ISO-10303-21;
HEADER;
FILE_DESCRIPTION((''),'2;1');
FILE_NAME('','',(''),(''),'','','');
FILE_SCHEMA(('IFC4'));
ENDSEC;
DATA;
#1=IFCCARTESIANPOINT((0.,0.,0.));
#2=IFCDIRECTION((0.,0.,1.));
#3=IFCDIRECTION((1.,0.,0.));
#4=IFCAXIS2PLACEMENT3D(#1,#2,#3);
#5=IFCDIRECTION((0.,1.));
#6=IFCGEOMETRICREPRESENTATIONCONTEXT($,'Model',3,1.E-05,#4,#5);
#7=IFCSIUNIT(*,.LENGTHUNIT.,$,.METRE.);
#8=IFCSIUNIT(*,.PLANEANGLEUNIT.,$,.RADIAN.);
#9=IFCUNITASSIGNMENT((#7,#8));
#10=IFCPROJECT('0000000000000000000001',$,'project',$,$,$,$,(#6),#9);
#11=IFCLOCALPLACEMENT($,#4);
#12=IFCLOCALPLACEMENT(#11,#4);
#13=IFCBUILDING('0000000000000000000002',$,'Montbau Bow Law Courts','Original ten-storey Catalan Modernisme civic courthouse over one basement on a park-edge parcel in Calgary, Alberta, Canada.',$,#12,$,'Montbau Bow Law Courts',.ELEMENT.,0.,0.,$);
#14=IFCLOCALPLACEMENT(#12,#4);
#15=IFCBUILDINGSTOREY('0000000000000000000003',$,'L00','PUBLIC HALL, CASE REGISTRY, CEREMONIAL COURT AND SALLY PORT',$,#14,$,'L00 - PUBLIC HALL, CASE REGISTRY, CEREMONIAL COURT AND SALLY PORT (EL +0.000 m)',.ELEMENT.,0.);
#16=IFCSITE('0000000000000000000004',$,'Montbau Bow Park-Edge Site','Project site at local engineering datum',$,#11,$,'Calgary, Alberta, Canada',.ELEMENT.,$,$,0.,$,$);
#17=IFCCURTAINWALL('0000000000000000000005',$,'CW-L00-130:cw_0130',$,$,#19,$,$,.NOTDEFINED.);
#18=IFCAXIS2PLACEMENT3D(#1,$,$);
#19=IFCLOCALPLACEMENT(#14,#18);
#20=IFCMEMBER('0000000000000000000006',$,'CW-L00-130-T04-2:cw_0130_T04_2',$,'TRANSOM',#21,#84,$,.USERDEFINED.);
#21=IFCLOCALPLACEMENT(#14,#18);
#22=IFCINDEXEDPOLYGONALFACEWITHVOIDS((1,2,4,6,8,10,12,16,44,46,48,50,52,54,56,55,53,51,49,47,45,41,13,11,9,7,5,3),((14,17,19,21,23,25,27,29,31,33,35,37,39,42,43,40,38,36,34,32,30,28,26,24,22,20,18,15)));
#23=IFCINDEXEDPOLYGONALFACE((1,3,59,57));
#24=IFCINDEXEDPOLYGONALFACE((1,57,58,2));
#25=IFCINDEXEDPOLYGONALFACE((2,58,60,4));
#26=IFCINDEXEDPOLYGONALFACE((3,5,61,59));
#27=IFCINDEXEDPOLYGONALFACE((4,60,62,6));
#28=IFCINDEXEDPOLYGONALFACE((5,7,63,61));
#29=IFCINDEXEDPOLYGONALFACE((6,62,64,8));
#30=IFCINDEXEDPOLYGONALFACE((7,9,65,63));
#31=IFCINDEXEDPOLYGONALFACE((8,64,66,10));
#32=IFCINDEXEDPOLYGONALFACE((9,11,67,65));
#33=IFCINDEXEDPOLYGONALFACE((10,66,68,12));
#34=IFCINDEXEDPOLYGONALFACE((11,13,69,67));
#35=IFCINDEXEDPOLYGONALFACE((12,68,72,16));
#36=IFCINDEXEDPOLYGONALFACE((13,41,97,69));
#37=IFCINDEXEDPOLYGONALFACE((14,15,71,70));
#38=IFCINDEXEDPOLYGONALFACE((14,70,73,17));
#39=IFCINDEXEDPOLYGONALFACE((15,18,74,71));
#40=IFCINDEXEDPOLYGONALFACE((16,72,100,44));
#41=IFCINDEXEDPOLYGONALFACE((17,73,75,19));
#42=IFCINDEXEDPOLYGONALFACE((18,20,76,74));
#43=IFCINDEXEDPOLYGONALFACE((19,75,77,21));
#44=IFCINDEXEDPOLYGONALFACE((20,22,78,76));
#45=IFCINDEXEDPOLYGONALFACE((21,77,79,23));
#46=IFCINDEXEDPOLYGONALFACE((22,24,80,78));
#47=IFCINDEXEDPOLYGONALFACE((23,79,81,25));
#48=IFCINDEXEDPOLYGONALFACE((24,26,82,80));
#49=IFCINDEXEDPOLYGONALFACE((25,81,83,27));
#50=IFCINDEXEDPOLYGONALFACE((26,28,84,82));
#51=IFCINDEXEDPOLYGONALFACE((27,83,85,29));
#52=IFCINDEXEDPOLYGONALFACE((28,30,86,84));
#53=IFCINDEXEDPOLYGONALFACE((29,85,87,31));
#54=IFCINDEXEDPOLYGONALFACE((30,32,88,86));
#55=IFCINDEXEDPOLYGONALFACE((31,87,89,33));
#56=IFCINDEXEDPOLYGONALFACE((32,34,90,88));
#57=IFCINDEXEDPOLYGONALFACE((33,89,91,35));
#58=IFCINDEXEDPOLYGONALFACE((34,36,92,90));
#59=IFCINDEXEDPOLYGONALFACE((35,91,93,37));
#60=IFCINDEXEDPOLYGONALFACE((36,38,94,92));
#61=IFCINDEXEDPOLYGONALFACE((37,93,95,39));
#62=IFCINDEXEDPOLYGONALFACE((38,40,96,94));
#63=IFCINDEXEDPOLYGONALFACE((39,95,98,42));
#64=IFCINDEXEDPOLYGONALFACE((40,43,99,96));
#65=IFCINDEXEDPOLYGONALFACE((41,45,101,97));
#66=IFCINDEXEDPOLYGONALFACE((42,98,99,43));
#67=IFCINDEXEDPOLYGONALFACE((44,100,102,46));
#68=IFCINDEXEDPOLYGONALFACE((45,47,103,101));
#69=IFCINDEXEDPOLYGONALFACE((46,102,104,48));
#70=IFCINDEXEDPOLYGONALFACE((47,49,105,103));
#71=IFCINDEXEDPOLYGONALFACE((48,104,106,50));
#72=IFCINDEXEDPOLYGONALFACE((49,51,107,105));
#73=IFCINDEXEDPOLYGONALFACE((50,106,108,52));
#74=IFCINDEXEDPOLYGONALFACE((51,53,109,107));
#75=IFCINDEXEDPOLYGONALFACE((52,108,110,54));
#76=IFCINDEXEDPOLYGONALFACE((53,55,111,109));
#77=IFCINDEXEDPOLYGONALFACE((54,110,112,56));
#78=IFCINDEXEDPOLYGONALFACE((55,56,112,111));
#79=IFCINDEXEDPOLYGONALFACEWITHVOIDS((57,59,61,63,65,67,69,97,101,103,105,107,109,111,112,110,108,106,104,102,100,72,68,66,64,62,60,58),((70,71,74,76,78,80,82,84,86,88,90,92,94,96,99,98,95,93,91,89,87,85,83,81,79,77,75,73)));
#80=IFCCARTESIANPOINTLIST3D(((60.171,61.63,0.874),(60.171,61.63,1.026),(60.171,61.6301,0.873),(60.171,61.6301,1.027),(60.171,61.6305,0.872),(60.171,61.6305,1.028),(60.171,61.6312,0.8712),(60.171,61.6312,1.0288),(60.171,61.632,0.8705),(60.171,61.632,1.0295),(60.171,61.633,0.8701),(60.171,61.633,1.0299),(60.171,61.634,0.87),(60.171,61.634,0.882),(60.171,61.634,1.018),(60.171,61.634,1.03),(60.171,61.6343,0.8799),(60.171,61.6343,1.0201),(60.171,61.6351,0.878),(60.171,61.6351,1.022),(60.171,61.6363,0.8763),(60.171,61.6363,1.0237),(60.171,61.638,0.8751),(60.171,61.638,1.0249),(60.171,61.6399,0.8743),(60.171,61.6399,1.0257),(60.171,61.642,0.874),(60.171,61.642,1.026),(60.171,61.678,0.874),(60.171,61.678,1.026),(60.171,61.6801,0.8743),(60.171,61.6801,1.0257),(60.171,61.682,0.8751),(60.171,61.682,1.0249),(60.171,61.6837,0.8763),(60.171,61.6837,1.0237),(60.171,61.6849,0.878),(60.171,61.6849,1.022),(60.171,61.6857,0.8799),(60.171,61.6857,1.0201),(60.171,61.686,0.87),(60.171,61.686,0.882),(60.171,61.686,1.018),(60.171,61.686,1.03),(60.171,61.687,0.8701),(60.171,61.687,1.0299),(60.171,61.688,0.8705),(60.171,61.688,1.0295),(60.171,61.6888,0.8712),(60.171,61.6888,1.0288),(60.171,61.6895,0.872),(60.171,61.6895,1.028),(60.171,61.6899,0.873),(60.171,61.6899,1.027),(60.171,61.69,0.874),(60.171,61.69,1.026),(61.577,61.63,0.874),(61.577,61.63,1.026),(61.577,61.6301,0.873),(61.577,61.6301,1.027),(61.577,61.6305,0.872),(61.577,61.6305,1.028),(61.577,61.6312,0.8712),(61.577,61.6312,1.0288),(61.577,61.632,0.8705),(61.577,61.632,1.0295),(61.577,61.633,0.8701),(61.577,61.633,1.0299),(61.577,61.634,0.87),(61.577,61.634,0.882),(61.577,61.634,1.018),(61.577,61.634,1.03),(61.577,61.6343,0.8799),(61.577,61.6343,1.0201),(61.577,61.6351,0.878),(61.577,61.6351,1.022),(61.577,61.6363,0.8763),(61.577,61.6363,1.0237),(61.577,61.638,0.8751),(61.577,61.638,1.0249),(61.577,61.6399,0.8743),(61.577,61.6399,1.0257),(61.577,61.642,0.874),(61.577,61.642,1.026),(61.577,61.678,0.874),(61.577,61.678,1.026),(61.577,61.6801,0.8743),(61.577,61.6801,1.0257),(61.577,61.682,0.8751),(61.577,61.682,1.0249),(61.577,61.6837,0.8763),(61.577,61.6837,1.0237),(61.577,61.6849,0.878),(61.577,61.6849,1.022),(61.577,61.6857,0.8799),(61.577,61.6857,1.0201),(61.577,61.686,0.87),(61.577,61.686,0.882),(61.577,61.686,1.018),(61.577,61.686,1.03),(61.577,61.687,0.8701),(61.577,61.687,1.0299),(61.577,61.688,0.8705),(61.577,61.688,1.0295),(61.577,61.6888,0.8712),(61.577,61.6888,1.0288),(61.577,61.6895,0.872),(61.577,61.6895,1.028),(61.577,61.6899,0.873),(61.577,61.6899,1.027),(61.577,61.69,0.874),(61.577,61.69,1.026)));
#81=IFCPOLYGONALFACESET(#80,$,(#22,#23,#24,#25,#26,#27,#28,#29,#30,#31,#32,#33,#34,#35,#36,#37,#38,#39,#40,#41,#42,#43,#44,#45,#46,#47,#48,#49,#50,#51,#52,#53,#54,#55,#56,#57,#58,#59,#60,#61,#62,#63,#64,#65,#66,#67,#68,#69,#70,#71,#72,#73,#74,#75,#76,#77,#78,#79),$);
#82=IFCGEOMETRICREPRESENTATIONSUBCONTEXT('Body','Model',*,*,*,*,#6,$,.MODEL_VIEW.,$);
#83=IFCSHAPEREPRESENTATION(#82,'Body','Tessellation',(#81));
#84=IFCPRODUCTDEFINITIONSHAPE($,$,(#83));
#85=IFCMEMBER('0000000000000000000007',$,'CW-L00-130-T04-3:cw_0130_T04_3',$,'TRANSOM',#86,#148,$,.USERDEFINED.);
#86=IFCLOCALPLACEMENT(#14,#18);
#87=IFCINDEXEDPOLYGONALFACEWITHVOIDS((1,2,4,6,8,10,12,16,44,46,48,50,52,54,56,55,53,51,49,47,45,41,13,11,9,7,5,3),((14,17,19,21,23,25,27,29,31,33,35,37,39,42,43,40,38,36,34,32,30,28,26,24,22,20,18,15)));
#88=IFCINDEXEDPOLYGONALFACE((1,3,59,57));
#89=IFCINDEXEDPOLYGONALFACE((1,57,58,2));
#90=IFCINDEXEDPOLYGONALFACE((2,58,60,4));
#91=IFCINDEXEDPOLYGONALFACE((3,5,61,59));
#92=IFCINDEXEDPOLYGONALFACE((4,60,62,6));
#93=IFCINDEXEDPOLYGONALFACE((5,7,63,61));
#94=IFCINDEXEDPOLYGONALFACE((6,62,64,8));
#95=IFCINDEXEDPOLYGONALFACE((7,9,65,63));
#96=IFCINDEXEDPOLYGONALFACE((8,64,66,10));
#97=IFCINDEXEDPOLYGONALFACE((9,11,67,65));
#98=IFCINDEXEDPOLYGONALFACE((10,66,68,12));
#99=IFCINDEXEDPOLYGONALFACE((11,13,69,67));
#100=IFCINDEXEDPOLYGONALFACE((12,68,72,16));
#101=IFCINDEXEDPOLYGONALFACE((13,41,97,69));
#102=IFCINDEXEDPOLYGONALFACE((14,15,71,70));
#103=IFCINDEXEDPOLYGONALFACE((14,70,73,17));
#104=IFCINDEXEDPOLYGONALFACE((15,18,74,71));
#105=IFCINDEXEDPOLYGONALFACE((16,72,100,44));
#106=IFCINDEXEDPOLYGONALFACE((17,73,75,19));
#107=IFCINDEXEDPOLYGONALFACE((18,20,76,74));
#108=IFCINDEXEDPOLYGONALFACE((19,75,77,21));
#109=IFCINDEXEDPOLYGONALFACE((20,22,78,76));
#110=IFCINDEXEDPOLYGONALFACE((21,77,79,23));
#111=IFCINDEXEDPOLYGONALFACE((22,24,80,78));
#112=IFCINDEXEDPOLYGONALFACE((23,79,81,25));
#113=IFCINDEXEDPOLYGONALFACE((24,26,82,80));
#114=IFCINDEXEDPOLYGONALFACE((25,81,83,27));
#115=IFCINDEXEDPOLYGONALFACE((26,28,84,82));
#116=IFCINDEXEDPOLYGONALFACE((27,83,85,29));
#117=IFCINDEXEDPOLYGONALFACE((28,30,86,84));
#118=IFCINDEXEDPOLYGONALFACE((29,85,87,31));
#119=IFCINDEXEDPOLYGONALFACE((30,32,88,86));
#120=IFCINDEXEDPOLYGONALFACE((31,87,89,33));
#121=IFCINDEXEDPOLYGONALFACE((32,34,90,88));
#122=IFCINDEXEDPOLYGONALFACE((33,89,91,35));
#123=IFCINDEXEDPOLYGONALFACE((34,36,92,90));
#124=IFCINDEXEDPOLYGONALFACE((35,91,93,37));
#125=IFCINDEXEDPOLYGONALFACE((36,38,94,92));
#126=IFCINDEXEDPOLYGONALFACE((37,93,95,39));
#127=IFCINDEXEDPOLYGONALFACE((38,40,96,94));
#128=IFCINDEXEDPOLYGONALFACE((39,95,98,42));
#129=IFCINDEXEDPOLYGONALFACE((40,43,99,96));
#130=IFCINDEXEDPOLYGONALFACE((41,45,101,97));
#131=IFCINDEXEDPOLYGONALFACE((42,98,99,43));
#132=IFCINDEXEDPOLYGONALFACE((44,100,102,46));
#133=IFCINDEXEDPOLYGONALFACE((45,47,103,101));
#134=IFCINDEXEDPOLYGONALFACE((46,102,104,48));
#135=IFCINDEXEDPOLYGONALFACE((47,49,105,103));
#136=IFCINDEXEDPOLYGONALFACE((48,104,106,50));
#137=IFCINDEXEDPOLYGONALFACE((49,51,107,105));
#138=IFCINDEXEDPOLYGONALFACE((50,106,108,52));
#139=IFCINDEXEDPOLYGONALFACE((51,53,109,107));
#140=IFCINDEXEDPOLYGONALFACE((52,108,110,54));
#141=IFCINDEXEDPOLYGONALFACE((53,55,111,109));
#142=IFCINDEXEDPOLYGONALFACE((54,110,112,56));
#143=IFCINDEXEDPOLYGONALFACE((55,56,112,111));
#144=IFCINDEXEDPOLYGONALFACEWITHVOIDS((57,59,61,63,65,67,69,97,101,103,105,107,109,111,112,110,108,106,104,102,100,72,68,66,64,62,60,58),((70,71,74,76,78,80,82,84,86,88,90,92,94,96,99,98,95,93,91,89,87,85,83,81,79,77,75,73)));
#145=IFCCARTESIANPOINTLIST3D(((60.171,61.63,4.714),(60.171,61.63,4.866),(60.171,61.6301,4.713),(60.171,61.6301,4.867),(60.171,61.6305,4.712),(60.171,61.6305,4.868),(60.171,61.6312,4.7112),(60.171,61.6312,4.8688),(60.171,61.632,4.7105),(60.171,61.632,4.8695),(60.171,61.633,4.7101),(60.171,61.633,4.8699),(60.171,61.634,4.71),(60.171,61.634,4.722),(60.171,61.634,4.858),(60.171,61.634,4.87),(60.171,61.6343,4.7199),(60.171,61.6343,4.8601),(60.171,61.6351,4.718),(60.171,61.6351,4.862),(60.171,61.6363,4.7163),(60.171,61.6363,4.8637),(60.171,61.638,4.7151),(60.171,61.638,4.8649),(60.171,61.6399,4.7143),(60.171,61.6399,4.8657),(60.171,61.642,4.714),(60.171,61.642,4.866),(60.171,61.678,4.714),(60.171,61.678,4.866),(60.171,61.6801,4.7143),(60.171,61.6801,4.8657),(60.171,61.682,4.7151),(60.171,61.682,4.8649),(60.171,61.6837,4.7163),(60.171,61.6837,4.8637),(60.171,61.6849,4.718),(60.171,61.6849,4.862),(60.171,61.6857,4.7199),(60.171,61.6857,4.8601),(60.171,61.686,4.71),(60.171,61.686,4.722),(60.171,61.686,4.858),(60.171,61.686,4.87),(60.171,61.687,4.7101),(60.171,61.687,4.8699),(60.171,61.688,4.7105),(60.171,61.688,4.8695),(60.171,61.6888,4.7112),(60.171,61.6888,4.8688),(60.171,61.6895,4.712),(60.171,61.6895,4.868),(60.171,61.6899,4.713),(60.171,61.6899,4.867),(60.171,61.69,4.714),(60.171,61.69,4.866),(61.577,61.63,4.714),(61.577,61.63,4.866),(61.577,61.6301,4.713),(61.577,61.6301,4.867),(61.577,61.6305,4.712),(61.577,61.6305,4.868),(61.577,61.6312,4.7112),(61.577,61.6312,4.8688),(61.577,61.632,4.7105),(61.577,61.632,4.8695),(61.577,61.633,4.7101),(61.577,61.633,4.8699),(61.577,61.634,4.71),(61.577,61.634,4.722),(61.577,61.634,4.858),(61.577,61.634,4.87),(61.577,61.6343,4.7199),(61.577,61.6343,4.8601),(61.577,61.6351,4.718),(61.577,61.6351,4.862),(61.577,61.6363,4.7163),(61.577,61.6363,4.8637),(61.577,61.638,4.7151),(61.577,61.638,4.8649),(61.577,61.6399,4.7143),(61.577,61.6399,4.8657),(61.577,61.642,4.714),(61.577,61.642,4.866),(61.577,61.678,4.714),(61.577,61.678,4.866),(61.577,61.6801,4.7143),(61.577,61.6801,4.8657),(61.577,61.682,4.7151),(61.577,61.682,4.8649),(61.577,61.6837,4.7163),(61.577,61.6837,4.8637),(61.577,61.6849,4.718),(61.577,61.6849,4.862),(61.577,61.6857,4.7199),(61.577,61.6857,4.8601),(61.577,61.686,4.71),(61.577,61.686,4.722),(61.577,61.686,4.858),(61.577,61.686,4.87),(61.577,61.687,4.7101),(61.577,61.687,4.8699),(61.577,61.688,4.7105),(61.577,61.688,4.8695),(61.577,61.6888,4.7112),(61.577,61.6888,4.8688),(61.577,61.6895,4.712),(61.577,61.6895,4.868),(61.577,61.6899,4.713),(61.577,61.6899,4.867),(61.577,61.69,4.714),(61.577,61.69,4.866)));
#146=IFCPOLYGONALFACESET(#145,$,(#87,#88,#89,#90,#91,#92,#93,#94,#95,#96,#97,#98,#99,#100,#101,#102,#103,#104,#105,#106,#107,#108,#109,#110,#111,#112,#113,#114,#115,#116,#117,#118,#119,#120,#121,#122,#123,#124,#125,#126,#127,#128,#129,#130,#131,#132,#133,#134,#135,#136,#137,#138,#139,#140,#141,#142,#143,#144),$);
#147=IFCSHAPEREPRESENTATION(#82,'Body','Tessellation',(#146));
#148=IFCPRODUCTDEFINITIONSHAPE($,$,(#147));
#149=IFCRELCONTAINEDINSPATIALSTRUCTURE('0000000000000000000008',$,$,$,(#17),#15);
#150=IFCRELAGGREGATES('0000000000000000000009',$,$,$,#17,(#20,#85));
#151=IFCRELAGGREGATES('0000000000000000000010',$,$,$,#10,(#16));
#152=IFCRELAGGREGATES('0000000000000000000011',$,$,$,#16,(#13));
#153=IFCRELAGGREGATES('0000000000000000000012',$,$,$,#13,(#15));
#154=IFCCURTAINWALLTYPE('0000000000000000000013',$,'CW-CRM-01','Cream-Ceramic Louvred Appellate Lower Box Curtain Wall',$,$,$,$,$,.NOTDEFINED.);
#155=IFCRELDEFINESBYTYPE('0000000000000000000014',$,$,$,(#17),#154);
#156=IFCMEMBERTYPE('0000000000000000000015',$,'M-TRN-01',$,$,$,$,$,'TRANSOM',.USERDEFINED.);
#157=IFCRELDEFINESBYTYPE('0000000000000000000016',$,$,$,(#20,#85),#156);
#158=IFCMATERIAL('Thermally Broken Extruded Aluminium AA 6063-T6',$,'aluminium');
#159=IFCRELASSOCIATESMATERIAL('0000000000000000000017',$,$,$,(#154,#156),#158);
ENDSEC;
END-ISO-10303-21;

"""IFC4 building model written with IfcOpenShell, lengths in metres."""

from ifc_helpers import new_model, si_unit, direction, frame, origin_with_axes, origin_2d_with_axis, place, context, subcontext, project, spatial, hollow_rectangle, extrude, material, material_profile, profile_set, type_object, element, aggregate, save


model = new_model("IFC4")

# Units and contexts
model_context = context("Model", 3, precision=1e-05, world=origin_with_axes(), true_north=direction((0.0, 1.0)))
body_context = subcontext(model_context, "Body", "Model", "MODEL_VIEW")
ifc_project = project(units=[si_unit("LENGTHUNIT", "METRE"), si_unit("PLANEANGLEUNIT", "RADIAN")], contexts=[model_context])

# Site, building, storey
site_placement = place(None, origin_with_axes())
site = spatial("IfcSite", under=ifc_project, at=site_placement, Name="Montbau Bow Park-Edge Site", Description="Project site at local engineering datum", LongName="Calgary, Alberta, Canada", CompositionType="ELEMENT", RefElevation=0.0)
building_placement = place(site_placement, origin_with_axes())
building = spatial("IfcBuilding", under=site, at=building_placement, Name="Montbau Bow Law Courts", Description="Original ten-storey Catalan Modernisme civic courthouse over one basement on a park-edge parcel in Calgary, Alberta, Canada.", LongName="Montbau Bow Law Courts", CompositionType="ELEMENT", ElevationOfRefHeight=0.0, ElevationOfTerrain=0.0)
storey_placement = place(building_placement, origin_with_axes())
storey = spatial("IfcBuildingStorey", under=building, at=storey_placement, Name="L00", Description="PUBLIC HALL, CASE REGISTRY, CEREMONIAL COURT AND SALLY PORT", LongName="L00 - PUBLIC HALL, CASE REGISTRY, CEREMONIAL COURT AND SALLY PORT (EL +0.000 m)", CompositionType="ELEMENT", Elevation=0.0)

# Curtain wall, members
ifc_material_1 = material(Name="Thermally Broken Extruded Aluminium AA 6063-T6", Category="aluminium")
curtain_wall_type = type_object("IfcCurtainWallType", Name="CW-CRM-01", Description="Cream-Ceramic Louvred Appellate Lower Box Curtain Wall", PredefinedType="NOTDEFINED", material=ifc_material_1)
curtain_wall_placement = place(None, frame((55.715, 61.66, 0.0), z_axis=(0.0, 0.0, 1.0), x_axis=(1.0, 0.0, 0.0)))
curtain_wall = element("IfcCurtainWall", 1, at=curtain_wall_placement, inside=storey, type_object=curtain_wall_type, Name="CW-L00-130:cw_0130", PredefinedType="NOTDEFINED")
ifc_material_profile_1 = material_profile(ifc_material_1, hollow_rectangle(XDim=0.06, YDim=0.16, WallThickness=0.004, InnerFilletRadius=0.008, OuterFilletRadius=0.004, at=origin_2d_with_axis()), Name="CWT-160X60", Category="Main", Priority=0)
ifc_profile_set_1 = profile_set([ifc_material_profile_1], Name="Thermally Broken Extruded Aluminium AA 6063-T6")
member_type_1 = type_object("IfcMemberType", Name="M-TRN-01", ElementType="TRANSOM", PredefinedType="USERDEFINED", material=ifc_profile_set_1)
member_1_placement = place(None, frame((60.171, 61.66, 0.95), z_axis=(1.0, 0.0, 0.0), x_axis=(0.0, 1.0, 0.0)))
member_1 = element("IfcMember", 2, at=member_1_placement, type_object=member_type_1, Name="CW-L00-130-T04-2:cw_0130_T04_2", ObjectType="TRANSOM", PredefinedType="USERDEFINED", context=body_context, shape_type="SweptSolid", body=[
    extrude(hollow_rectangle(XDim=0.06, YDim=0.16, WallThickness=0.004, InnerFilletRadius=0.008, OuterFilletRadius=0.004, at=origin_2d_with_axis()), origin_with_axes(), (0.0, 0.0, 1.0), 1.406),
])
member_2_placement = place(None, frame((60.171, 61.66, 4.79), z_axis=(1.0, 0.0, 0.0), x_axis=(0.0, 1.0, 0.0)))
member_2 = element("IfcMember", 3, at=member_2_placement, type_object=member_type_1, Name="CW-L00-130-T04-3:cw_0130_T04_3", ObjectType="TRANSOM", PredefinedType="USERDEFINED", context=body_context, shape_type="SweptSolid", body=[
    extrude(hollow_rectangle(XDim=0.06, YDim=0.16, WallThickness=0.004, InnerFilletRadius=0.008, OuterFilletRadius=0.004, at=origin_2d_with_axis()), origin_with_axes(), (0.0, 0.0, 1.0), 1.406),
])
aggregate(curtain_wall, [member_1, member_2])

save(model, "model.ifc")
